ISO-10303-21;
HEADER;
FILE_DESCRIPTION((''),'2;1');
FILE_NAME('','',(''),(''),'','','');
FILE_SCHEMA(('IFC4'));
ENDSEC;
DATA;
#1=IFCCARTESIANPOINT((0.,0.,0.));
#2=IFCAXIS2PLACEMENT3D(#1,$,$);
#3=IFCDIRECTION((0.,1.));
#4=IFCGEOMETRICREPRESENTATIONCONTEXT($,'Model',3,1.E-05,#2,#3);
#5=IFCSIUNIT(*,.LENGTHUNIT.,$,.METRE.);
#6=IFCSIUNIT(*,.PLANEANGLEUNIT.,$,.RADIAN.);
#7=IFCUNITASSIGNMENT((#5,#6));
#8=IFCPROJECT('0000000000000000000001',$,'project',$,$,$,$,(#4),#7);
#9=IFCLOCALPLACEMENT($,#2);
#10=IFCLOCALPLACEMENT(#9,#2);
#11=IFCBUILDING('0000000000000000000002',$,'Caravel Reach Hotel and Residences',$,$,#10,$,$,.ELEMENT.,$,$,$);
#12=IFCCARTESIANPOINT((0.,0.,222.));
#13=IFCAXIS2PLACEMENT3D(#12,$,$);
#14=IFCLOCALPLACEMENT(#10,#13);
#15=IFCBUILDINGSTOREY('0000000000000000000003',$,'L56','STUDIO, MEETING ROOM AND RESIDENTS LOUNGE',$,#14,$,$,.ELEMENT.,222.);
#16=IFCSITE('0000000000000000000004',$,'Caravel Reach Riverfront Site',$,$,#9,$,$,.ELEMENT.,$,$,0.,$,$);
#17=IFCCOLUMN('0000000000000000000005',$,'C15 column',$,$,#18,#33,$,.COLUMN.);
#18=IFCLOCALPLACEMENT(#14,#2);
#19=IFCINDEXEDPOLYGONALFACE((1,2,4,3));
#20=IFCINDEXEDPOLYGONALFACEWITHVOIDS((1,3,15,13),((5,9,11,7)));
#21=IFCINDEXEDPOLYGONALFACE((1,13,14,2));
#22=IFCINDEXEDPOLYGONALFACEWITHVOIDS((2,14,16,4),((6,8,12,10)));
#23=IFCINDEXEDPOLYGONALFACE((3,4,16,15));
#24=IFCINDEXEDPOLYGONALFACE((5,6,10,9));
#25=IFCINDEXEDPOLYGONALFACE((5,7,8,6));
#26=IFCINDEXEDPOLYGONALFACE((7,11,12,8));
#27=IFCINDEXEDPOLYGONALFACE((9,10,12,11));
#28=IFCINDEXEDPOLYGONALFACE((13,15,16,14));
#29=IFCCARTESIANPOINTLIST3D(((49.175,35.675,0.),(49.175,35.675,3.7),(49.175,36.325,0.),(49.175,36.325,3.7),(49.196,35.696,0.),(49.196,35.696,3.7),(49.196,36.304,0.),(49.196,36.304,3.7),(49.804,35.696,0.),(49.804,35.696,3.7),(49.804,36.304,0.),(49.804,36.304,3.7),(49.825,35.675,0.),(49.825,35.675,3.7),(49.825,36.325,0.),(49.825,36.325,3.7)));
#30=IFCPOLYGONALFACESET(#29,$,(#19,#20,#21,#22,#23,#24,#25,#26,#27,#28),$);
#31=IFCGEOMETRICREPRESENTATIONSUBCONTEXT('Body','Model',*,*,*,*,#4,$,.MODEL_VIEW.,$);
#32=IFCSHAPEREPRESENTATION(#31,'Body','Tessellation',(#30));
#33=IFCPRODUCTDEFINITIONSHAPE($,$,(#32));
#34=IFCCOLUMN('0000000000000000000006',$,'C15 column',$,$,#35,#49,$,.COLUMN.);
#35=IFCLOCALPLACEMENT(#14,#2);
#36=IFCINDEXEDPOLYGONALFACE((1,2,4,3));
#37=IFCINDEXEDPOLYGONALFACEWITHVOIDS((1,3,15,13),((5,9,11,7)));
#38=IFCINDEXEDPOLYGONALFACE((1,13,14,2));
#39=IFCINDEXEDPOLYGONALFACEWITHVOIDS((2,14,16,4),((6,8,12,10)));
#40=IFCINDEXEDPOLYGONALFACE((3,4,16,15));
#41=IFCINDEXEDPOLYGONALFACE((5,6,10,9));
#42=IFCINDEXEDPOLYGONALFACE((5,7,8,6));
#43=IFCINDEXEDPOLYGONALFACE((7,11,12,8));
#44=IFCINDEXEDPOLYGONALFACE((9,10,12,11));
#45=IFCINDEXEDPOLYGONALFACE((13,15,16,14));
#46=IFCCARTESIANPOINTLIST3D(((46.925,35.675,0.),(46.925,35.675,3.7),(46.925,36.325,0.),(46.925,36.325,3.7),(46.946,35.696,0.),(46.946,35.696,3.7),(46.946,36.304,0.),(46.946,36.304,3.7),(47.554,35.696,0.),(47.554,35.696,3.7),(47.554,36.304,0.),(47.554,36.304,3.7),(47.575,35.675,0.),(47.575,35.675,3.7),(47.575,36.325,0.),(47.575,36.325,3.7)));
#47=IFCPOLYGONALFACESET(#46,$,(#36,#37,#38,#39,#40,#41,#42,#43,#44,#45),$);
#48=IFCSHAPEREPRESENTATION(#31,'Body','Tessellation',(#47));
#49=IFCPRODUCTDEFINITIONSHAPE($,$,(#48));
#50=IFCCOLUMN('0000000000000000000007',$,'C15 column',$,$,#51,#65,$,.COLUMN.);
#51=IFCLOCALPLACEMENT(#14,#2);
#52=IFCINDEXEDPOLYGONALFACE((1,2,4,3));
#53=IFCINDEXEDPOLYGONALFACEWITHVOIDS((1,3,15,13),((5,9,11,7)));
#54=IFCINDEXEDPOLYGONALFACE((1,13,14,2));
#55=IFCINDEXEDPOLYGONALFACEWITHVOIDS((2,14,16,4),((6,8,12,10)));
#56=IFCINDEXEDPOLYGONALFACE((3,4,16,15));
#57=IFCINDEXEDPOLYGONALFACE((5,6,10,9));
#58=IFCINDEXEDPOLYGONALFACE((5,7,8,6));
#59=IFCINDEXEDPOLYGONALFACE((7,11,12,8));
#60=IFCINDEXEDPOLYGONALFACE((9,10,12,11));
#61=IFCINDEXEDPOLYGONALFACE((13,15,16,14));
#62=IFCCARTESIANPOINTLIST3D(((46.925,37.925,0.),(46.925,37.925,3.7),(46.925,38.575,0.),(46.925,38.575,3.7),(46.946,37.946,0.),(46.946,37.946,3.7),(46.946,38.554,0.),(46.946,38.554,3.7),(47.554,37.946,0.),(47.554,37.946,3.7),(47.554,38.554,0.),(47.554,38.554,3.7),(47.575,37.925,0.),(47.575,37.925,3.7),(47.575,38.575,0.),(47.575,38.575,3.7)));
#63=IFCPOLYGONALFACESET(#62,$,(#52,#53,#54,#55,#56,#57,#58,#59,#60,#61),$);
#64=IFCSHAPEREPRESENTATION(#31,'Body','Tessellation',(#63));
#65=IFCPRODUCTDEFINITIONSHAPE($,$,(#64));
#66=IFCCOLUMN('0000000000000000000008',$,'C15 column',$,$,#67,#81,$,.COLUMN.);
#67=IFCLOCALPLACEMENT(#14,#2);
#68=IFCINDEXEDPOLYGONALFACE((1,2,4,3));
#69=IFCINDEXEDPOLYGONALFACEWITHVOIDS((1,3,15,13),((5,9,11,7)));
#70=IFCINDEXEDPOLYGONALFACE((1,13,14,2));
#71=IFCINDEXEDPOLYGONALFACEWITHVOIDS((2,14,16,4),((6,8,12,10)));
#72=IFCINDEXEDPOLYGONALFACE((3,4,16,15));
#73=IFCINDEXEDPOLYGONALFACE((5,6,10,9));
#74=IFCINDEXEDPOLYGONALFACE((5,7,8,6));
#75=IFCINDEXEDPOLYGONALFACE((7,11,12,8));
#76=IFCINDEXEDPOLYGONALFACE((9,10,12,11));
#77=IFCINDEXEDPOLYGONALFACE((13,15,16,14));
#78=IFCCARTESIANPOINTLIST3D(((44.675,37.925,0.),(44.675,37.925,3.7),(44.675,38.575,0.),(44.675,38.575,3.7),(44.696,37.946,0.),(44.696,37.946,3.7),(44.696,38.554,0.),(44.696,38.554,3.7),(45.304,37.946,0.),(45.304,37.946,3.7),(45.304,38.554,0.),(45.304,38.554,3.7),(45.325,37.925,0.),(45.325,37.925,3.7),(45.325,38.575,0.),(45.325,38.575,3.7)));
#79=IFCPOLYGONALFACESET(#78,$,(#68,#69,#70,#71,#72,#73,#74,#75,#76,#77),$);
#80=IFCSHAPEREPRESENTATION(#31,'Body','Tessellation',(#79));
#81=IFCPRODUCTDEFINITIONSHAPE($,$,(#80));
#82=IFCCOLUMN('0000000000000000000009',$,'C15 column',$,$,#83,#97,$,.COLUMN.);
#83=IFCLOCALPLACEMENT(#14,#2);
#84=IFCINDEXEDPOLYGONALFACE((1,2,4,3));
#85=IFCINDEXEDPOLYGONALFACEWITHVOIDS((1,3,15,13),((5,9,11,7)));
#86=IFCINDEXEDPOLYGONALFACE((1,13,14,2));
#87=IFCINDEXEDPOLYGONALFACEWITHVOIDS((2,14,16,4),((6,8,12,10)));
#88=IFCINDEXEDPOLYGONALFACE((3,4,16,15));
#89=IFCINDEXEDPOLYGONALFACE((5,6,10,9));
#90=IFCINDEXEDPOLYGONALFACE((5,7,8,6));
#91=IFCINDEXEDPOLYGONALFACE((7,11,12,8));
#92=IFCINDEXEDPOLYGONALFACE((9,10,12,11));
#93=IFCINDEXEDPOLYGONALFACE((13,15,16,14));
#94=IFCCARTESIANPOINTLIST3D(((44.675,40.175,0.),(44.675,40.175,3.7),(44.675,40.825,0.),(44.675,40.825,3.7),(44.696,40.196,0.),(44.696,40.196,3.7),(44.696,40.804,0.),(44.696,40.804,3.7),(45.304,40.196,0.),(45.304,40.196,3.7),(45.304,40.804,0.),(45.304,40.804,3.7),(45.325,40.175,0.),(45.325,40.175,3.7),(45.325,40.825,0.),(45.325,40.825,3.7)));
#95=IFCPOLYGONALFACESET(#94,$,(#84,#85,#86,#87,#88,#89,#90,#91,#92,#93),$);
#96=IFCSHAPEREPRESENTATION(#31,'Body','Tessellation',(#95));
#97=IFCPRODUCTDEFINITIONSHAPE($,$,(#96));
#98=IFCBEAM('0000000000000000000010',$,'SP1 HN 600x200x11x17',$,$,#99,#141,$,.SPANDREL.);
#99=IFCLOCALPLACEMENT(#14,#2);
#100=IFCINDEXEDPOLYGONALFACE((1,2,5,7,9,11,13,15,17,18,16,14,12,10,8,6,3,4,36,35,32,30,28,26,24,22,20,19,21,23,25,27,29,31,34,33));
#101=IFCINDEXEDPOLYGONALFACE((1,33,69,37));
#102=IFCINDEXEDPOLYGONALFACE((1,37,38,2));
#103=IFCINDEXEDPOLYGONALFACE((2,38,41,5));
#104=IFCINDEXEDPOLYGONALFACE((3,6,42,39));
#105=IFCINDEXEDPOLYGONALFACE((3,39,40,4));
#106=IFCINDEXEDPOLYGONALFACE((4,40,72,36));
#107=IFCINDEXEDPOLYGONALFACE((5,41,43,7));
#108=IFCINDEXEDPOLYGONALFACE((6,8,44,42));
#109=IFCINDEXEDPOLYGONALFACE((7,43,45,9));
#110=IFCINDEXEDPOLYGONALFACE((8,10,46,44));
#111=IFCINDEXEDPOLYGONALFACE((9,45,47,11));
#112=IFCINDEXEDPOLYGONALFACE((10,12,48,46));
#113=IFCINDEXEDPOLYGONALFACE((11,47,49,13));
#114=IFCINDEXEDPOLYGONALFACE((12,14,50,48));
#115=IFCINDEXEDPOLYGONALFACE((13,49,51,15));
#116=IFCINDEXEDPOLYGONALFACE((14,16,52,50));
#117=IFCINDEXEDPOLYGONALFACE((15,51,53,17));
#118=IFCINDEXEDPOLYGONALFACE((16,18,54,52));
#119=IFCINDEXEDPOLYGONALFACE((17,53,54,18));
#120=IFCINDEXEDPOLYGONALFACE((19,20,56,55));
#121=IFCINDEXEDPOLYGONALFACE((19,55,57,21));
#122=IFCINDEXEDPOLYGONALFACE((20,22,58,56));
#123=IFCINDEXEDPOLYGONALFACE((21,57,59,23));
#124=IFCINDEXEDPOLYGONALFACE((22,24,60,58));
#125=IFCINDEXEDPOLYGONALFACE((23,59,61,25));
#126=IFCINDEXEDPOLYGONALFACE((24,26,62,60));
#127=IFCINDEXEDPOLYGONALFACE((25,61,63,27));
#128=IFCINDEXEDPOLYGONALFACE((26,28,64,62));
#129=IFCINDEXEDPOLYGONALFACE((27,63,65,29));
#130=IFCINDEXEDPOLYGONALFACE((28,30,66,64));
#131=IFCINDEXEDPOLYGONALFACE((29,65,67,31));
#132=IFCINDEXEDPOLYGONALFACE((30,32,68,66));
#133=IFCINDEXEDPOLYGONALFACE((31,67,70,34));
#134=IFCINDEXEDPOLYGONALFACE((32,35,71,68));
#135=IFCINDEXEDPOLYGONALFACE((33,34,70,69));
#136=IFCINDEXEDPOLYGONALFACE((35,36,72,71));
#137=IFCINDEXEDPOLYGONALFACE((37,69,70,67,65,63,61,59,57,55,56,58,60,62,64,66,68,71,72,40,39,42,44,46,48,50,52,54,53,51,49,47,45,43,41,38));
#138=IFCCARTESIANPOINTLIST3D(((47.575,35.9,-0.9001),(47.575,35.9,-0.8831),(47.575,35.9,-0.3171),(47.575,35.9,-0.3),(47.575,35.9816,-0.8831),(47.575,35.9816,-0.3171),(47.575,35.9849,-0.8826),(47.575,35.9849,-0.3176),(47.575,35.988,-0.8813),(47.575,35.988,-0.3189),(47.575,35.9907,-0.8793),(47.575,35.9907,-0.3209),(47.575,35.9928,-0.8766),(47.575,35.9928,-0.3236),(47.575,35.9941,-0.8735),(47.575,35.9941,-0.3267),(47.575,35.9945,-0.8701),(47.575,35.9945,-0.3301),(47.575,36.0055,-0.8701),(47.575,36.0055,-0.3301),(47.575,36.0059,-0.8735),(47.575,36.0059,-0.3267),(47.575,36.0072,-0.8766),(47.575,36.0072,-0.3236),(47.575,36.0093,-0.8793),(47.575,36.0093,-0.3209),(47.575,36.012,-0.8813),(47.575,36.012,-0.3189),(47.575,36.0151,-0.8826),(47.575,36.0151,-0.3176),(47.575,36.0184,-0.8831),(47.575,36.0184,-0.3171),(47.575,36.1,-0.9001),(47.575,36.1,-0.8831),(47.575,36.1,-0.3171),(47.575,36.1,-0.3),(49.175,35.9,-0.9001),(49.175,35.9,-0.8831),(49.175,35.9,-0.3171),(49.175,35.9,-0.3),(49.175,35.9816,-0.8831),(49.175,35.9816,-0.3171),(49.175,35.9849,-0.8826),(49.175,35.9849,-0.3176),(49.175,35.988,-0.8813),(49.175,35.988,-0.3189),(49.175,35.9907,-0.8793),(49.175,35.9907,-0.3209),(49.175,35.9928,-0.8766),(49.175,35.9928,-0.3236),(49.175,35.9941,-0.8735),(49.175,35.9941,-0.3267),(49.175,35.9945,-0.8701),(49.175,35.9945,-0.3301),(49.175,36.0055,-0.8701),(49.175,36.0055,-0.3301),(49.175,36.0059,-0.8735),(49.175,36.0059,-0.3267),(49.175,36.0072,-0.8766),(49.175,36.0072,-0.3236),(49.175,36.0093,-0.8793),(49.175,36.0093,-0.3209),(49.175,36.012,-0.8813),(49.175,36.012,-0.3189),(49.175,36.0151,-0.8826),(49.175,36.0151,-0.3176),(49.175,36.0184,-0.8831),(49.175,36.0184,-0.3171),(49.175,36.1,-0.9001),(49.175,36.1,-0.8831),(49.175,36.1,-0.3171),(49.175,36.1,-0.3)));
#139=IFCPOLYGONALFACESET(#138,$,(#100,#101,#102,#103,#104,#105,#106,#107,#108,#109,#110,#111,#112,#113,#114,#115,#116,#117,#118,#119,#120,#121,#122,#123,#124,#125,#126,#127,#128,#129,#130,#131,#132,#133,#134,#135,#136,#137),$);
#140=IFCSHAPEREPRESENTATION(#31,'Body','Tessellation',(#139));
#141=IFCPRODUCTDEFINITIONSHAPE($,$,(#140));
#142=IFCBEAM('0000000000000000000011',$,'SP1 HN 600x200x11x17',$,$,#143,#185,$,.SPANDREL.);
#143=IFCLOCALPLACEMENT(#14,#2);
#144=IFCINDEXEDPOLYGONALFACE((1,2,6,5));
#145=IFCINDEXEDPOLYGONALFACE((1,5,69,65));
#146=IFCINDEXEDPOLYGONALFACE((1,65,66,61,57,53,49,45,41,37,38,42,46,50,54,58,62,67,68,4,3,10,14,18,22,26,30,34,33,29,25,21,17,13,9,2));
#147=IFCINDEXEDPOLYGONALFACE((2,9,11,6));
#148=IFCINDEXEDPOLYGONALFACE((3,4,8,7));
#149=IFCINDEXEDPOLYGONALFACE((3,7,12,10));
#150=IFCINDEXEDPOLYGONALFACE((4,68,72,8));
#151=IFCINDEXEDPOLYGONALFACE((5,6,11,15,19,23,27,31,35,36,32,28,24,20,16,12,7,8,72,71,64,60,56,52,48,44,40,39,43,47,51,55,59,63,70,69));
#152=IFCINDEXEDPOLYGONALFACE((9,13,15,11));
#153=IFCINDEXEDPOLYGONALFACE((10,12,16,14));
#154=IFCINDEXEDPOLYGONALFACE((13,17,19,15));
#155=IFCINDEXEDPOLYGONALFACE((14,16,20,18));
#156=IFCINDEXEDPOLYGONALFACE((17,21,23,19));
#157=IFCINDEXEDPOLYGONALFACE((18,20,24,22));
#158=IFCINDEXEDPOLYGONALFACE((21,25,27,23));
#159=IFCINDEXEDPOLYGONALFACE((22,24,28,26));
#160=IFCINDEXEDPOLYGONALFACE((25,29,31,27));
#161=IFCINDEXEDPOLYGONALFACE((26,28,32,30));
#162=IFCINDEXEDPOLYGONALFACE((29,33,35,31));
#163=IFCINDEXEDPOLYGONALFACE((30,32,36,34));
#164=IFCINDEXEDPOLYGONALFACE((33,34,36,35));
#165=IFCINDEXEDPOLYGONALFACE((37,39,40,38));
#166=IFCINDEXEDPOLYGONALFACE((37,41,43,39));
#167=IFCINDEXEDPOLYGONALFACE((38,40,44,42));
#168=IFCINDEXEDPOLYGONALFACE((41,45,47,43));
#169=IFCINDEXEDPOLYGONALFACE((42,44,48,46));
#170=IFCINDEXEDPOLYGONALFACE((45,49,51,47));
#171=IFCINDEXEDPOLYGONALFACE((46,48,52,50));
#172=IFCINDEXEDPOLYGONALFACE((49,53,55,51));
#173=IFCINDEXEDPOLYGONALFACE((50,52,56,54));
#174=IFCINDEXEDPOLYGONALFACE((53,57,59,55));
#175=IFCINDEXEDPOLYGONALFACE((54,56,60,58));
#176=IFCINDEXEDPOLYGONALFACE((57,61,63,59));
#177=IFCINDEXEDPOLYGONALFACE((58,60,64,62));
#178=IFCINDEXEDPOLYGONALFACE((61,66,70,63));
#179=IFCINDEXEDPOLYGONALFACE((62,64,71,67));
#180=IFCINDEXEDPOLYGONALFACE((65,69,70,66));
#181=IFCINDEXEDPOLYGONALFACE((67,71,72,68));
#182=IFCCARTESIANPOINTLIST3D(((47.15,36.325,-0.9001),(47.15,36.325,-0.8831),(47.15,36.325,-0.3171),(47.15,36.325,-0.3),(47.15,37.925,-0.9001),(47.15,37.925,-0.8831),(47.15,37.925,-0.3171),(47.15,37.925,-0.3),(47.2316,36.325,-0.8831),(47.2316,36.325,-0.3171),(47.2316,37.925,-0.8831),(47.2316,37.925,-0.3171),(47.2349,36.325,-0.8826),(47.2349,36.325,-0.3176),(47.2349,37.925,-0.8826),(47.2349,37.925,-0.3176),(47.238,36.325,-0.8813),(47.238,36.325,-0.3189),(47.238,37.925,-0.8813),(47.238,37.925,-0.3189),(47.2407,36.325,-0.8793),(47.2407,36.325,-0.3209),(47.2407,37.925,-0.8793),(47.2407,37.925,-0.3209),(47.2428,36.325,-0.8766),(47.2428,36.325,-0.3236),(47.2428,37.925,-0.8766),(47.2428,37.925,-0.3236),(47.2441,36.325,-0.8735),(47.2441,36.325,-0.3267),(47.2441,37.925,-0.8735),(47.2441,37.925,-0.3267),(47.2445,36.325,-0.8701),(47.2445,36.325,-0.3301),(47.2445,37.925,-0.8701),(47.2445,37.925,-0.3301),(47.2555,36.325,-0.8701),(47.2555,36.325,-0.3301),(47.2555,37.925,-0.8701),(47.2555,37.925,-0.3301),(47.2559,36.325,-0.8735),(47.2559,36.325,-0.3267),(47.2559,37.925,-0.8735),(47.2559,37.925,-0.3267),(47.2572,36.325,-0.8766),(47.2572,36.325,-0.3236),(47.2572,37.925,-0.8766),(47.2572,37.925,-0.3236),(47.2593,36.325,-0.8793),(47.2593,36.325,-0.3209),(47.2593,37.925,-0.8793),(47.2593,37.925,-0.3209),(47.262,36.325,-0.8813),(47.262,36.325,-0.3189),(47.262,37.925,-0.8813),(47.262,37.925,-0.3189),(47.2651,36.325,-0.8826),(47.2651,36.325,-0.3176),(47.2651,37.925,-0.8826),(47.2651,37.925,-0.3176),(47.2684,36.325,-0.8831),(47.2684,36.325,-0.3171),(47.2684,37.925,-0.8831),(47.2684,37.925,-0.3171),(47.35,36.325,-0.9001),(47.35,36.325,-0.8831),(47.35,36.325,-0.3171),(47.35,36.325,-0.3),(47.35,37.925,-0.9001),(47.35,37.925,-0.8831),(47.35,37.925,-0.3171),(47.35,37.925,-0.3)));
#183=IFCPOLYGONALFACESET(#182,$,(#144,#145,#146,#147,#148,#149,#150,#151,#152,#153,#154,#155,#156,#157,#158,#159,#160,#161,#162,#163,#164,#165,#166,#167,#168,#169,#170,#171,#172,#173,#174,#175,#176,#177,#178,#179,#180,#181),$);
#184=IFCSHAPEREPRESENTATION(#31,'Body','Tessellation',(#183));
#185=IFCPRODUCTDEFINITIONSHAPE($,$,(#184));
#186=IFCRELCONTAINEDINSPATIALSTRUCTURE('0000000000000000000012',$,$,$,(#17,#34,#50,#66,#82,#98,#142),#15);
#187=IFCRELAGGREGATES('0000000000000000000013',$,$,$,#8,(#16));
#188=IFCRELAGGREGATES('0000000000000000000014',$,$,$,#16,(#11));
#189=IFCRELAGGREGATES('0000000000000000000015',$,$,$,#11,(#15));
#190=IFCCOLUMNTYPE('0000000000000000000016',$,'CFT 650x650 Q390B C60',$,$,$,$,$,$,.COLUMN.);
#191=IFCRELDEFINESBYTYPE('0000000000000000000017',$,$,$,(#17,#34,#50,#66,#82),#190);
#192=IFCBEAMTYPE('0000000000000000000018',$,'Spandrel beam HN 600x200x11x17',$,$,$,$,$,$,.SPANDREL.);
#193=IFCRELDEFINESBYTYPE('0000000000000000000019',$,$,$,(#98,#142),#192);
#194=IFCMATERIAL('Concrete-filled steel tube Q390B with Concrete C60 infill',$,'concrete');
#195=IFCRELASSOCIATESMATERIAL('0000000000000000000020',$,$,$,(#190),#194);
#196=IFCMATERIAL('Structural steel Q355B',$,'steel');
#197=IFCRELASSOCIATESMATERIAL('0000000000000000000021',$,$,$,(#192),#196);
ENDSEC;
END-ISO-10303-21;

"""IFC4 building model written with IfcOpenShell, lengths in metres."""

from ifc_helpers import new_model, si_unit, direction, frame, origin, origin_2d, place, context, subcontext, project, spatial, hollow_rectangle, i_section, extrude, material, material_profile, profile_set, type_object, element, save


model = new_model("IFC4")

# Units and contexts
model_context = context("Model", 3, precision=1e-05, world=origin(), true_north=direction((0.0, 1.0)))
body_context = subcontext(model_context, "Body", "Model", "MODEL_VIEW")
ifc_project = project(units=[si_unit("LENGTHUNIT", "METRE"), si_unit("PLANEANGLEUNIT", "RADIAN")], contexts=[model_context])

# Site, building, storey
site_placement = place(None, origin())
site = spatial("IfcSite", under=ifc_project, at=site_placement, Name="Caravel Reach Riverfront Site", CompositionType="ELEMENT", RefElevation=0.0)
building_placement = place(site_placement, origin())
building = spatial("IfcBuilding", under=site, at=building_placement, Name="Caravel Reach Hotel and Residences", CompositionType="ELEMENT")
storey_placement = place(building_placement, frame((0.0, 0.0, 222.0)))
storey = spatial("IfcBuildingStorey", under=building, at=storey_placement, Name="L56", Description="STUDIO, MEETING ROOM AND RESIDENTS LOUNGE", CompositionType="ELEMENT", Elevation=222.0)

# Columns
ifc_material_1 = material(Name="Concrete-filled steel tube Q390B with Concrete C60 infill", Category="concrete")
ifc_material_profile_1 = material_profile(ifc_material_1, hollow_rectangle(XDim=0.6499, YDim=0.6499, WallThickness=0.021, at=origin_2d()), Name="RHS 650x650x21")
ifc_profile_set_1 = profile_set([ifc_material_profile_1], Name="Concrete-filled steel tube Q390B with Concrete C60 infill")
column_type = type_object("IfcColumnType", Name="CFT 650x650 Q390B C60", PredefinedType="COLUMN", material=ifc_profile_set_1)
for number, where, z_axis, x_axis, name in (
    (1, (49.5, 36.0, 0.0), (0.0, 0.0, 1.0), (1.0, 0.0, 0.0), "C15 column"),
    (2, (47.25, 36.0, 0.0), (0.0, 0.0, 1.0), (1.0, 0.0, 0.0), "C15 column"),
    (3, (47.25, 38.25, 0.0), (0.0, 0.0, 1.0), (1.0, 0.0, 0.0), "C15 column"),
    (4, (45.0, 38.25, 0.0), (0.0, 0.0, 1.0), (1.0, 0.0, 0.0), "C15 column"),
    (5, (45.0, 40.5, 0.0), (0.0, 0.0, 1.0), (1.0, 0.0, 0.0), "C15 column"),
):
    element("IfcColumn", number, at=place(storey_placement, frame(where, z_axis=z_axis, x_axis=x_axis)), inside=storey, type_object=column_type, Name=name, PredefinedType="COLUMN", context=body_context, shape_type="SweptSolid", body=[
        extrude(hollow_rectangle(XDim=0.6499, YDim=0.6499, WallThickness=0.021, at=origin_2d()), origin(), (0.0, 0.0, 1.0), 3.7),
    ])

# Beams
ifc_material_2 = material(Name="Structural steel Q355B", Category="steel")
ifc_material_profile_2 = material_profile(ifc_material_2, i_section(OverallWidth=0.2, OverallDepth=0.6001, WebThickness=0.011, FlangeThickness=0.0171, FilletRadius=0.0129, at=origin_2d()), Name="HN 600x200x11x17")
ifc_profile_set_2 = profile_set([ifc_material_profile_2], Name="Structural steel Q355B")
beam_type = type_object("IfcBeamType", Name="Spandrel beam HN 600x200x11x17", PredefinedType="SPANDREL", material=ifc_profile_set_2)
for number, where, z_axis, x_axis, name in (
    (6, (49.175, 36.0, -0.6001), (-1.0, 0.0, 0.0), (0.0, -1.0, 0.0), "SP1 HN 600x200x11x17"),
    (7, (47.25, 36.325, -0.6001), (0.0, 1.0, 0.0), (-1.0, 0.0, 0.0), "SP1 HN 600x200x11x17"),
):
    element("IfcBeam", number, at=place(storey_placement, frame(where, z_axis=z_axis, x_axis=x_axis)), inside=storey, type_object=beam_type, Name=name, PredefinedType="SPANDREL", context=body_context, shape_type="SweptSolid", body=[
        extrude(i_section(OverallWidth=0.2, OverallDepth=0.6001, WebThickness=0.011, FlangeThickness=0.0171, FilletRadius=0.0129, at=origin_2d()), origin(), (0.0, 0.0, 1.0), 1.6001),
    ])

save(model, "model.ifc")
